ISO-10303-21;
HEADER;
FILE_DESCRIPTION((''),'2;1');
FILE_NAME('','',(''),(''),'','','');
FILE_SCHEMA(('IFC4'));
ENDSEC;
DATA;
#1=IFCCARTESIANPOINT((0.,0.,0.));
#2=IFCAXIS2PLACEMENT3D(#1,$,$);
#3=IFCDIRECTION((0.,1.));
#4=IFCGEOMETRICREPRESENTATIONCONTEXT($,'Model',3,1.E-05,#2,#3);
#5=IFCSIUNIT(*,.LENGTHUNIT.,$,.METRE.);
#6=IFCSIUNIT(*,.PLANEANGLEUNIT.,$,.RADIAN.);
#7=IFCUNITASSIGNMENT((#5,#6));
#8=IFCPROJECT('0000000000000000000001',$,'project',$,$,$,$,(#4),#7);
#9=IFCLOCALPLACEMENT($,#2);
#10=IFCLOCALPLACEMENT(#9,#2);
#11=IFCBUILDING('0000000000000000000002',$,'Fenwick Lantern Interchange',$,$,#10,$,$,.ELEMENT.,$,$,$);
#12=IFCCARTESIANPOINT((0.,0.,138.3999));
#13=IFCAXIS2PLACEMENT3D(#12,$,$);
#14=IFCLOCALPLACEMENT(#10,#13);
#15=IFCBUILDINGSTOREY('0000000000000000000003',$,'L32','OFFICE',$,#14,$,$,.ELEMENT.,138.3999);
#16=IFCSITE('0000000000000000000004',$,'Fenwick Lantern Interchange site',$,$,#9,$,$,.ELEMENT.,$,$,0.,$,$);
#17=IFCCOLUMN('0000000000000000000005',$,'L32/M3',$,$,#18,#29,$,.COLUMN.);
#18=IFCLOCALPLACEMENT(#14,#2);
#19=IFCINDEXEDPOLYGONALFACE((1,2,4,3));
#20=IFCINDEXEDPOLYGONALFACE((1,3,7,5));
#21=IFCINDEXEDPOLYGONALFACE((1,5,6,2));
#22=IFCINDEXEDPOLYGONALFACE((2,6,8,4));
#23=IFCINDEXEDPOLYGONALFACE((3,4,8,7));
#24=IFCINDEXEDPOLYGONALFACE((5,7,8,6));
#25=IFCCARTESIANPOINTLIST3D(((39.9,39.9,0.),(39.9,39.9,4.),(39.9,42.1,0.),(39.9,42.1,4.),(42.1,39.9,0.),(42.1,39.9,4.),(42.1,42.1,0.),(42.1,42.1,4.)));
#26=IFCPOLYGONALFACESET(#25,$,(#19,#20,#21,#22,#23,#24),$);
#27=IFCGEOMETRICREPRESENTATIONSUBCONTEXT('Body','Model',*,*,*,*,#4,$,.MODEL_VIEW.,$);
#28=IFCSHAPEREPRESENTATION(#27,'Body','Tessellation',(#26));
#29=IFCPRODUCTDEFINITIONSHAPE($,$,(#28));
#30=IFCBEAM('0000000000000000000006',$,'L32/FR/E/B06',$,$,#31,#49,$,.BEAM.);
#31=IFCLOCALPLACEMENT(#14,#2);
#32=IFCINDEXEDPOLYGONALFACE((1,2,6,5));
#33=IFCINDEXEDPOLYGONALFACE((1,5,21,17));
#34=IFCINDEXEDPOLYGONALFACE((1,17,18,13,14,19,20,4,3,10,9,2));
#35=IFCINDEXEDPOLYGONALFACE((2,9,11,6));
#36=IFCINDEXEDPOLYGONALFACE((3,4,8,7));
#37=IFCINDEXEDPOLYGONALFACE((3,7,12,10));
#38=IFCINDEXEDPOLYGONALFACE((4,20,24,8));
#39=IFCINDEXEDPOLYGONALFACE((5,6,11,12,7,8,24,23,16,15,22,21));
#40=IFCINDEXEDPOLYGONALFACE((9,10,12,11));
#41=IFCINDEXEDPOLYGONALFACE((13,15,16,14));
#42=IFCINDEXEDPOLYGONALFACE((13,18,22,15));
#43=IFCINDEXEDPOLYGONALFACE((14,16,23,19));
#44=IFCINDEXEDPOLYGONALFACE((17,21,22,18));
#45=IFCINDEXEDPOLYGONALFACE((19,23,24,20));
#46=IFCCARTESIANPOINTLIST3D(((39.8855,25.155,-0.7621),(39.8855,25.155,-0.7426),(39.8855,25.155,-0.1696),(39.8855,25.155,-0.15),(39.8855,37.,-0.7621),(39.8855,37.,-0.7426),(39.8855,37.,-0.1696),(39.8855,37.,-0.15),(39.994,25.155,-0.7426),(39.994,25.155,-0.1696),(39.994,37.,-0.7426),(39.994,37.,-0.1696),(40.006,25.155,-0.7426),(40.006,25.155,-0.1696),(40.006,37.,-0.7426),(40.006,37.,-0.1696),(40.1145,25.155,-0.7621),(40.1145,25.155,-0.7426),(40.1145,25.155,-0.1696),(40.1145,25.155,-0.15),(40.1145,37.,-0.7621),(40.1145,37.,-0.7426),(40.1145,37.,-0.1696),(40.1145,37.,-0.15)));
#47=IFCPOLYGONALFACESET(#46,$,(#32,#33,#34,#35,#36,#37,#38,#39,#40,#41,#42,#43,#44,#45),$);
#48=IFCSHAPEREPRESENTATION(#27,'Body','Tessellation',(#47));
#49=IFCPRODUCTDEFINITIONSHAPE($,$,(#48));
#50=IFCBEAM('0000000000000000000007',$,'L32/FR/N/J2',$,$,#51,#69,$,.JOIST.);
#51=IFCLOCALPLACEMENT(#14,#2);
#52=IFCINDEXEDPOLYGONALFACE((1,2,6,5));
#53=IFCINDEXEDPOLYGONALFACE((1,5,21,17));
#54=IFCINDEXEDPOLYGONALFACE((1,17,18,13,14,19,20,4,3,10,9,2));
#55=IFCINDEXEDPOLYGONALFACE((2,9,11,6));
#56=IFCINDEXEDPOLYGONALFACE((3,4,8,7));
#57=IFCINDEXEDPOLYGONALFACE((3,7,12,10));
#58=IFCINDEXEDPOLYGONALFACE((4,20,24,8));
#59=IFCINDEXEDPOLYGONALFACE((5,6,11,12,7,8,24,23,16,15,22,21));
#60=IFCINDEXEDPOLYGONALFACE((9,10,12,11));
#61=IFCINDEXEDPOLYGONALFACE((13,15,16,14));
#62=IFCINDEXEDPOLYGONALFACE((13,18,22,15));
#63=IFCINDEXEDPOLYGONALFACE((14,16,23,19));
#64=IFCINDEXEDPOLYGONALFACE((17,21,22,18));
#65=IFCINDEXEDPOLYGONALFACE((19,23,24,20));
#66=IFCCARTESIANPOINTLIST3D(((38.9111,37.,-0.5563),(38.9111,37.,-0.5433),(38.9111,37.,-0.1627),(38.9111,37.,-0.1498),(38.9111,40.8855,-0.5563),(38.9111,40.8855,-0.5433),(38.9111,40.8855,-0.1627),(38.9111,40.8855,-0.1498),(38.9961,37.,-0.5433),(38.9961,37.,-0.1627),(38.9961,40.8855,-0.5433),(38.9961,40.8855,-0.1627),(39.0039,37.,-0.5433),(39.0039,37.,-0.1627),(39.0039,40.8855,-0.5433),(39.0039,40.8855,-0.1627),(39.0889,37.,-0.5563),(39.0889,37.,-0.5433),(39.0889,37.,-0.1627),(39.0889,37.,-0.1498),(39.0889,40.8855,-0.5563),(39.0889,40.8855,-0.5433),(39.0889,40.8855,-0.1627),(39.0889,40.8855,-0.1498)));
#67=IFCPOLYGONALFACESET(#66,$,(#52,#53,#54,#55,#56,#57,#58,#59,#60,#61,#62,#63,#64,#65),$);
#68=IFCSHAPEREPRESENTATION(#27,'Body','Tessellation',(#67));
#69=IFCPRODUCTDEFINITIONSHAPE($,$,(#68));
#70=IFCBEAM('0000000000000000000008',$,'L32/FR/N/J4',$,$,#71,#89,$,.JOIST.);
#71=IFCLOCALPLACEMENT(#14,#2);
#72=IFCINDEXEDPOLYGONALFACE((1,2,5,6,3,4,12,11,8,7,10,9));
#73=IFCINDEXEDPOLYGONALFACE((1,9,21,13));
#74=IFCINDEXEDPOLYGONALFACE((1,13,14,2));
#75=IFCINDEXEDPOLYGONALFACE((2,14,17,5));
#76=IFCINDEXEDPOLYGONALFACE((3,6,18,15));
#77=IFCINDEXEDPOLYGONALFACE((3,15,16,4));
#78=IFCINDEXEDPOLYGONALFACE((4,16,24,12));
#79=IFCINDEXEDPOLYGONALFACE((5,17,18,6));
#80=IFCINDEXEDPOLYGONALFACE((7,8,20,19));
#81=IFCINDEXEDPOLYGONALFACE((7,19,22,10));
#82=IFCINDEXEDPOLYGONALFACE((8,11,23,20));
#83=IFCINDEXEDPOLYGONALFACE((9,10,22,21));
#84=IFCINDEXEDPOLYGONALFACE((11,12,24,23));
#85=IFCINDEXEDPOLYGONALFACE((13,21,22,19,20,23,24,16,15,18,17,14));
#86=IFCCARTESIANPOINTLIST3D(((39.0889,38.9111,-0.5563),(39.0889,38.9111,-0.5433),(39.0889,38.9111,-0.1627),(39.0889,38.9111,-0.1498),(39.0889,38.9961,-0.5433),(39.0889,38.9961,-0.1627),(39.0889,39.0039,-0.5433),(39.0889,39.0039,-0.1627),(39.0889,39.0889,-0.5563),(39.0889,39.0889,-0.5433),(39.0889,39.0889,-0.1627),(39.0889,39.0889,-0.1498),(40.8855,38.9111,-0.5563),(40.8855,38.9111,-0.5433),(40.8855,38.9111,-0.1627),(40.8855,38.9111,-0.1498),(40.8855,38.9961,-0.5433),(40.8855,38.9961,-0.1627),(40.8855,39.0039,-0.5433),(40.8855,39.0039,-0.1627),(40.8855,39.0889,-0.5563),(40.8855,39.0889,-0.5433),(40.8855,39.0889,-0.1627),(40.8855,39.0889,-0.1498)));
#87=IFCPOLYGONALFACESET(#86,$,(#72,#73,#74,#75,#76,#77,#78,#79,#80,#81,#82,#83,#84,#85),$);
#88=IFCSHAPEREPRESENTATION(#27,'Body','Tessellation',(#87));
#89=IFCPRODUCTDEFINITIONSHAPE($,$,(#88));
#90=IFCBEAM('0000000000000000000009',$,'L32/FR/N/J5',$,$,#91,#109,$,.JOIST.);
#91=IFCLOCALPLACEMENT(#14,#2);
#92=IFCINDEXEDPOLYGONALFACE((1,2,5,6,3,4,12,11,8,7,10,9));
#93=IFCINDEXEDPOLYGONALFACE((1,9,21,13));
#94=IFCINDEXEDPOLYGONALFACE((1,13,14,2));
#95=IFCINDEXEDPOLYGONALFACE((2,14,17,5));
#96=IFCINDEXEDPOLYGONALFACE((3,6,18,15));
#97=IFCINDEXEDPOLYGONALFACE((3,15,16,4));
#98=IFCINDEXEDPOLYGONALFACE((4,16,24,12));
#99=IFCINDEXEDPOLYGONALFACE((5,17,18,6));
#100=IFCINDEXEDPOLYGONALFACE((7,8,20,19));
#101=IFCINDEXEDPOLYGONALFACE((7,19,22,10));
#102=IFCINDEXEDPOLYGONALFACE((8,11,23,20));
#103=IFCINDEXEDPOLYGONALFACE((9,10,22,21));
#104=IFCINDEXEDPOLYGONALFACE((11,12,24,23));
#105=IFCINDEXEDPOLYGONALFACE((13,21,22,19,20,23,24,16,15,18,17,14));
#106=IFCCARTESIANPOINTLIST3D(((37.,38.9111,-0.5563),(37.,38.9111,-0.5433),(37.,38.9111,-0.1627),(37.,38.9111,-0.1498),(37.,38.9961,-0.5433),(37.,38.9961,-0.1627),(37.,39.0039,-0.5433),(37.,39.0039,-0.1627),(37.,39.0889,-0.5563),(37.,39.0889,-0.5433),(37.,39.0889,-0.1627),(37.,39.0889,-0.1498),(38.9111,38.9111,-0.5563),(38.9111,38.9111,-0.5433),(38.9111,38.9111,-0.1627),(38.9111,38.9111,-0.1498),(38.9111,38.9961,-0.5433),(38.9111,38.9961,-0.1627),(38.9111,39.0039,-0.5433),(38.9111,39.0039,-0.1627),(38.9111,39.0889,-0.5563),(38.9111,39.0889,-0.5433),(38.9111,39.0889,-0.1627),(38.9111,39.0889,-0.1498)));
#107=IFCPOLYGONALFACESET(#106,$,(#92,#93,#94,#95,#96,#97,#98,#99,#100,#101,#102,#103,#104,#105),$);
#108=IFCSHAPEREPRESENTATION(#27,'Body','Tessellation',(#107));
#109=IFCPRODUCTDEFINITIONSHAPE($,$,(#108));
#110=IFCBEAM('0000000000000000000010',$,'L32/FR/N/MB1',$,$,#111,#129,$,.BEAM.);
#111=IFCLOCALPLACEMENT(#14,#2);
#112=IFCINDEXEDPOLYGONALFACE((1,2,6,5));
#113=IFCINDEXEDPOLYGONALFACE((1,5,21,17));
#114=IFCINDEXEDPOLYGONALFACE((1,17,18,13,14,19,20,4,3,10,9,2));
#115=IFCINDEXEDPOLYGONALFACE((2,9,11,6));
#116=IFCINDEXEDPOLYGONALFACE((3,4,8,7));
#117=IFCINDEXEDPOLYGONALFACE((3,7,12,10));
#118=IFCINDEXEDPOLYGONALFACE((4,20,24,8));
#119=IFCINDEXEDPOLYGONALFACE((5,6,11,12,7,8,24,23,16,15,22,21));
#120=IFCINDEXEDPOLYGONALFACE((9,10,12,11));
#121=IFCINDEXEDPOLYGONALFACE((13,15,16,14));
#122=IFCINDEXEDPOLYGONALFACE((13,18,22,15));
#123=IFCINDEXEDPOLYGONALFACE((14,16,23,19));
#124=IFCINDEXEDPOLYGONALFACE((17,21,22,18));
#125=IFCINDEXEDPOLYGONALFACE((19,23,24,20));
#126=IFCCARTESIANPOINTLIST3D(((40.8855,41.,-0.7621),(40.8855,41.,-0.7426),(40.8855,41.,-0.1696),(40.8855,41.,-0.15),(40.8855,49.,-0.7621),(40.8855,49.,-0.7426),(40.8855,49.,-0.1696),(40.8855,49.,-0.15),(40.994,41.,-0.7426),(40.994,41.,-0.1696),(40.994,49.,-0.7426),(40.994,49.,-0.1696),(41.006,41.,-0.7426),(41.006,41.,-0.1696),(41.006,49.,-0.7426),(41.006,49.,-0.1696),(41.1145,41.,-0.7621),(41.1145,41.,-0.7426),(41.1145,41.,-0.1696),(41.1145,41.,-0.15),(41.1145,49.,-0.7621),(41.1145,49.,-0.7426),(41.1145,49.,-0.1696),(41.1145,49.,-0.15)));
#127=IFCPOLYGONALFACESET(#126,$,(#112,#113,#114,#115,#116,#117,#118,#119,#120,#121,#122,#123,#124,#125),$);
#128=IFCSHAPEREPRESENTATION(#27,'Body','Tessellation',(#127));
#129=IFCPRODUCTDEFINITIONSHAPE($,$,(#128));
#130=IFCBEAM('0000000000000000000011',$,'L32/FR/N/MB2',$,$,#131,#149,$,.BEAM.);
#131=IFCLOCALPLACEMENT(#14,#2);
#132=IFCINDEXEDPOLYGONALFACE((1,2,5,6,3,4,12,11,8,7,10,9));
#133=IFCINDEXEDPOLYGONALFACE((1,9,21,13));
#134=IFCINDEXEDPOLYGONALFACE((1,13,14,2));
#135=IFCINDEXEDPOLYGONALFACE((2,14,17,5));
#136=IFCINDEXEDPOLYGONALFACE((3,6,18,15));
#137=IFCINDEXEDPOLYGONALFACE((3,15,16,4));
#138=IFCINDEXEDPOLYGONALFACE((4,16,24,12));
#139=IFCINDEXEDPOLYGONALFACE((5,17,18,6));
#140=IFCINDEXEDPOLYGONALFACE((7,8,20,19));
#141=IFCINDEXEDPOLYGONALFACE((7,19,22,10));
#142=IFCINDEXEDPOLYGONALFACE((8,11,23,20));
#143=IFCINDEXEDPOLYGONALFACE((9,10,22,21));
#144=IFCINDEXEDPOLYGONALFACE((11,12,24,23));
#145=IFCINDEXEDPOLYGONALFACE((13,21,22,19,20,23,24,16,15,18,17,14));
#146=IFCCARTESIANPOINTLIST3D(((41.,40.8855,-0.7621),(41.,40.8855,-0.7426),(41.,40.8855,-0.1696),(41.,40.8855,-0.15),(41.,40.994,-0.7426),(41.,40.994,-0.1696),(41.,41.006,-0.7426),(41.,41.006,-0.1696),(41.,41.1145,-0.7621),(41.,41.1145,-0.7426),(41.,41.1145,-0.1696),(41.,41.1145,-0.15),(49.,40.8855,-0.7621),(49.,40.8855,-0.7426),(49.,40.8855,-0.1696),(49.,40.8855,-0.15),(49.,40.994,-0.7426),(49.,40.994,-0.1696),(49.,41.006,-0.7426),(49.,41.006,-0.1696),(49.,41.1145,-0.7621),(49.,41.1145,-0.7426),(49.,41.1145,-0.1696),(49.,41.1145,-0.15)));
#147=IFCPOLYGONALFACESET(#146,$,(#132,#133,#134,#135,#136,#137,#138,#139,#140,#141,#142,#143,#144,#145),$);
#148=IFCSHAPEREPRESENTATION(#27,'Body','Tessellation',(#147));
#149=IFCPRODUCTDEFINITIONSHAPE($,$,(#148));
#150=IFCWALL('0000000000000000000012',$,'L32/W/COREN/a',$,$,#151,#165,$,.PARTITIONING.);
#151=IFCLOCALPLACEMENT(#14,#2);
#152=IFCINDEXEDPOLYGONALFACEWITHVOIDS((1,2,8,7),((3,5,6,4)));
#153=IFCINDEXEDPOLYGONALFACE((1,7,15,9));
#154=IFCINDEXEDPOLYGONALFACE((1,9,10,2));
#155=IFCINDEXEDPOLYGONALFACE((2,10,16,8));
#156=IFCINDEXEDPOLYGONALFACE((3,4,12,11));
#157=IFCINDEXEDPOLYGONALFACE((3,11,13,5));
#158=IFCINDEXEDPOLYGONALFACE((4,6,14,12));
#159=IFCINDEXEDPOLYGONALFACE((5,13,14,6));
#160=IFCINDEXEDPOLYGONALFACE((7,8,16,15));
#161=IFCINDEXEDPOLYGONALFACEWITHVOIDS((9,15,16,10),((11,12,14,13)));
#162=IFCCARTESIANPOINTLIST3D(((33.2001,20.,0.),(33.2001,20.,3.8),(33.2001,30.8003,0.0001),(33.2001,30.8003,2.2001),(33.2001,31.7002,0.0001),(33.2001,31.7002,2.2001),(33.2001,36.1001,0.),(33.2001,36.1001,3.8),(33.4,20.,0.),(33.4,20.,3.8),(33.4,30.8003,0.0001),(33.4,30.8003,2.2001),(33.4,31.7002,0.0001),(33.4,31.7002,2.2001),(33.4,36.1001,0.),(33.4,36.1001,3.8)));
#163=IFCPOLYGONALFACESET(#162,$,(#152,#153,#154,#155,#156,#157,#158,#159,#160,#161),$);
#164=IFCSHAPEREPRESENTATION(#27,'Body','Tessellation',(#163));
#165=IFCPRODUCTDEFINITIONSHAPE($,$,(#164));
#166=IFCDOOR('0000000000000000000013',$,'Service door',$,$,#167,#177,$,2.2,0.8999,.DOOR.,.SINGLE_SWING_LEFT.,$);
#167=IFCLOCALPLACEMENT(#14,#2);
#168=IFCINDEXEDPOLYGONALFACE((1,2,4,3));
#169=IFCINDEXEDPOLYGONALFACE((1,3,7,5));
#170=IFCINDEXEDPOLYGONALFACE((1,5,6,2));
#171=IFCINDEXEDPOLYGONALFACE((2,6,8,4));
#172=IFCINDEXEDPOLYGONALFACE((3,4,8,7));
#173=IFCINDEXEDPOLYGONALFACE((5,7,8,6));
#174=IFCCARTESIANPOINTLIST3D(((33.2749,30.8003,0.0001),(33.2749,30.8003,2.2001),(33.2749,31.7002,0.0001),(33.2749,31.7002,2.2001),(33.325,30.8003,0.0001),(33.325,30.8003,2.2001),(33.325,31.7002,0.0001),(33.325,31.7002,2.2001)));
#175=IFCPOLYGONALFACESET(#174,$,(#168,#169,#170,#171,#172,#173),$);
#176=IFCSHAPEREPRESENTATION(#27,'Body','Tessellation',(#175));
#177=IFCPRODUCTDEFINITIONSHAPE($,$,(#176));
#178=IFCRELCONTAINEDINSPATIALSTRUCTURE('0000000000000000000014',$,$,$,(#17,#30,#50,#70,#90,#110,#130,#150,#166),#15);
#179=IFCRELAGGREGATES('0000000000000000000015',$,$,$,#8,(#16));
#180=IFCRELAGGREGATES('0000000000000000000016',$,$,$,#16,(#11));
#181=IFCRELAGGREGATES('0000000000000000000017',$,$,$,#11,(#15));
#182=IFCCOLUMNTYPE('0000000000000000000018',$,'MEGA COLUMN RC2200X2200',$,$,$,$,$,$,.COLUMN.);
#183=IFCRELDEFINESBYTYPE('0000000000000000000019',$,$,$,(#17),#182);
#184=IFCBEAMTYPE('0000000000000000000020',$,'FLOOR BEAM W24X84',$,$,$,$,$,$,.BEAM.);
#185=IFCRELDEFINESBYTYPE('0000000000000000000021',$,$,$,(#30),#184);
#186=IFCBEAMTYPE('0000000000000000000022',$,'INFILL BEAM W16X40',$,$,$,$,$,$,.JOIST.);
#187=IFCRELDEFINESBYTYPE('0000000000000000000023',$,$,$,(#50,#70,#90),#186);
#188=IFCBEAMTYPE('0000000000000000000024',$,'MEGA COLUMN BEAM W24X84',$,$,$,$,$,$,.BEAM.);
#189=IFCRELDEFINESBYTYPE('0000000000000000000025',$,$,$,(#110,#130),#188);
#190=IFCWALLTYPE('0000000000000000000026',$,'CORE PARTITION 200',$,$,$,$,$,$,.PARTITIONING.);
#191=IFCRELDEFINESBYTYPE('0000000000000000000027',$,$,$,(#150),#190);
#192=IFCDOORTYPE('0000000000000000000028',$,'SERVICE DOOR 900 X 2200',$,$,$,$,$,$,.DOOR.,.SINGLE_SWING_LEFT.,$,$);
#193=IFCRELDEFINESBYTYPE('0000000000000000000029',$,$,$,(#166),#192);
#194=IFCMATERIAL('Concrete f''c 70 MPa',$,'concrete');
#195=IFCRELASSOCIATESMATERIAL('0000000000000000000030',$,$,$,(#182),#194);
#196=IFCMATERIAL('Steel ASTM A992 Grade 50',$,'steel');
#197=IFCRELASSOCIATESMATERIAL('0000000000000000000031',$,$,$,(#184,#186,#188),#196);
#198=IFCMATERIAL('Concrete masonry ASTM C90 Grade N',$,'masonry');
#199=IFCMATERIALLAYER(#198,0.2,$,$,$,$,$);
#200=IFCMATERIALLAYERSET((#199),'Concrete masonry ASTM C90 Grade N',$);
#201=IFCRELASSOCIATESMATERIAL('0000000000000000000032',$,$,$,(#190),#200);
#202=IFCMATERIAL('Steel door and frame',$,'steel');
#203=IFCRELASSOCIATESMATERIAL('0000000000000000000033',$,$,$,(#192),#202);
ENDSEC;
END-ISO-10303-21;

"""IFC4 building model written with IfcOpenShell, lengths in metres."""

from ifc_helpers import new_model, si_unit, direction, frame, frame_2d, origin, origin_2d, place, context, subcontext, project, spatial, rectangle, i_section, extrude, material, layer, layer_set, material_profile, profile_set, type_object, element, fill, save


model = new_model("IFC4")

# Units and contexts
model_context = context("Model", 3, precision=1e-05, world=origin(), true_north=direction((0.0, 1.0)))
body_context = subcontext(model_context, "Body", "Model", "MODEL_VIEW")
ifc_project = project(units=[si_unit("LENGTHUNIT", "METRE"), si_unit("PLANEANGLEUNIT", "RADIAN")], contexts=[model_context])

# Site, building, storey
site_placement = place(None, origin())
site = spatial("IfcSite", under=ifc_project, at=site_placement, Name="Fenwick Lantern Interchange site", CompositionType="ELEMENT", RefElevation=0.0)
building_placement = place(site_placement, origin())
building = spatial("IfcBuilding", under=site, at=building_placement, Name="Fenwick Lantern Interchange", CompositionType="ELEMENT")
storey_placement = place(building_placement, frame((0.0, 0.0, 138.3999)))
storey = spatial("IfcBuildingStorey", under=building, at=storey_placement, Name="L32", Description="OFFICE", CompositionType="ELEMENT", Elevation=138.3999)

# Column
ifc_material_1 = material(Name="Concrete f'c 70 MPa", Category="concrete")
ifc_material_profile_1 = material_profile(ifc_material_1, rectangle(XDim=2.2, YDim=2.2, at=origin_2d()), Name="RC2200X2200")
ifc_profile_set_1 = profile_set([ifc_material_profile_1], Name="Concrete f'c 70 MPa")
column_type = type_object("IfcColumnType", Name="MEGA COLUMN RC2200X2200", PredefinedType="COLUMN", material=ifc_profile_set_1)
column_placement = place(storey_placement, frame((41.0, 41.0, 0.0), z_axis=(0.0, 0.0, 1.0), x_axis=(1.0, 0.0, 0.0)))
element("IfcColumn", 1, at=column_placement, inside=storey, type_object=column_type, Name="L32/M3", PredefinedType="COLUMN", context=body_context, shape_type="SweptSolid", body=[
    extrude(rectangle(XDim=2.2, YDim=2.2, at=origin_2d()), origin(), (0.0, 0.0, 1.0), 4.0),
])

# Beams
ifc_material_2 = material(Name="Steel ASTM A992 Grade 50", Category="steel")
ifc_material_profile_2 = material_profile(ifc_material_2, i_section(OverallWidth=0.229, OverallDepth=0.6121, WebThickness=0.012, FlangeThickness=0.0195, at=origin_2d()), Name="W24X84")
ifc_profile_set_2 = profile_set([ifc_material_profile_2], Name="Steel ASTM A992 Grade 50")
beam_type_1 = type_object("IfcBeamType", Name="FLOOR BEAM W24X84", PredefinedType="BEAM", material=ifc_profile_set_2)
beam_1_placement = place(storey_placement, frame((40.0, 25.155, -0.4561), z_axis=(0.0, 1.0, 0.0), x_axis=(-1.0, 0.0, 0.0)))
element("IfcBeam", 2, at=beam_1_placement, inside=storey, type_object=beam_type_1, Name="L32/FR/E/B06", PredefinedType="BEAM", context=body_context, shape_type="SweptSolid", body=[
    extrude(i_section(OverallWidth=0.229, OverallDepth=0.6121, WebThickness=0.012, FlangeThickness=0.0195, at=origin_2d()), origin(), (0.0, 0.0, 1.0), 11.845),
])
ifc_material_profile_3 = material_profile(ifc_material_2, i_section(OverallWidth=0.1777, OverallDepth=0.4065, WebThickness=0.0078, FlangeThickness=0.0129, at=origin_2d()), Name="W16X40")
ifc_profile_set_3 = profile_set([ifc_material_profile_3], Name="Steel ASTM A992 Grade 50")
beam_type_2 = type_object("IfcBeamType", Name="INFILL BEAM W16X40", PredefinedType="JOIST", material=ifc_profile_set_3)
beam_2_placement = place(storey_placement, frame((39.0, 40.8855, -0.353), z_axis=(0.0, -1.0, 0.0), x_axis=(1.0, 0.0, 0.0)))
element("IfcBeam", 3, at=beam_2_placement, inside=storey, type_object=beam_type_2, Name="L32/FR/N/J2", PredefinedType="JOIST", context=body_context, shape_type="SweptSolid", body=[
    extrude(i_section(OverallWidth=0.1777, OverallDepth=0.4065, WebThickness=0.0078, FlangeThickness=0.0129, at=origin_2d()), origin(), (0.0, 0.0, 1.0), 3.8855),
])
beam_3_placement = place(storey_placement, frame((40.8855, 39.0, -0.353), z_axis=(-1.0, 0.0, 0.0), x_axis=(0.0, -1.0, 0.0)))
element("IfcBeam", 4, at=beam_3_placement, inside=storey, type_object=beam_type_2, Name="L32/FR/N/J4", PredefinedType="JOIST", context=body_context, shape_type="SweptSolid", body=[
    extrude(i_section(OverallWidth=0.1777, OverallDepth=0.4065, WebThickness=0.0078, FlangeThickness=0.0129, at=origin_2d()), origin(), (0.0, 0.0, 1.0), 1.7966),
])
beam_4_placement = place(storey_placement, frame((38.9111, 39.0, -0.353), z_axis=(-1.0, 0.0, 0.0), x_axis=(0.0, -1.0, 0.0)))
element("IfcBeam", 5, at=beam_4_placement, inside=storey, type_object=beam_type_2, Name="L32/FR/N/J5", PredefinedType="JOIST", context=body_context, shape_type="SweptSolid", body=[
    extrude(i_section(OverallWidth=0.1777, OverallDepth=0.4065, WebThickness=0.0078, FlangeThickness=0.0129, at=origin_2d()), origin(), (0.0, 0.0, 1.0), 1.9111),
])
ifc_material_profile_4 = material_profile(ifc_material_2, i_section(OverallWidth=0.229, OverallDepth=0.6121, WebThickness=0.012, FlangeThickness=0.0195, at=origin_2d()), Name="W24X84")
ifc_profile_set_4 = profile_set([ifc_material_profile_4], Name="Steel ASTM A992 Grade 50")
beam_type_3 = type_object("IfcBeamType", Name="MEGA COLUMN BEAM W24X84", PredefinedType="BEAM", material=ifc_profile_set_4)
for number, where, z_axis, x_axis, name in (
    (6, (41.0, 41.0, -0.4561), (0.0, 1.0, 0.0), (-1.0, 0.0, 0.0), "L32/FR/N/MB1"),
    (7, (41.0, 41.0, -0.4561), (1.0, 0.0, 0.0), (0.0, 1.0, 0.0), "L32/FR/N/MB2"),
):
    element("IfcBeam", number, at=place(storey_placement, frame(where, z_axis=z_axis, x_axis=x_axis)), inside=storey, type_object=beam_type_3, Name=name, PredefinedType="BEAM", context=body_context, shape_type="SweptSolid", body=[
        extrude(i_section(OverallWidth=0.229, OverallDepth=0.6121, WebThickness=0.012, FlangeThickness=0.0195, at=origin_2d()), origin(), (0.0, 0.0, 1.0), 8.0),
    ])

# Wall, opening, door
ifc_material_3 = material(Name="Concrete masonry ASTM C90 Grade N", Category="masonry")
ifc_layer_1 = layer(ifc_material_3, 0.2)
ifc_layer_set_1 = layer_set([ifc_layer_1], Name="Concrete masonry ASTM C90 Grade N")
wall_type_1 = type_object("IfcWallType", Name="CORE PARTITION 200", PredefinedType="PARTITIONING", material=ifc_layer_set_1)
wall_1_placement = place(storey_placement, frame((33.3, 36.1001, 0.0), z_axis=(0.0, 0.0, 1.0), x_axis=(0.0, -1.0, 0.0)))
wall_1 = element("IfcWall", 8, at=wall_1_placement, inside=storey, type_object=wall_type_1, Name="L32/W/COREN/a", PredefinedType="PARTITIONING", context=body_context, shape_type="SweptSolid", body=[
    extrude(rectangle(XDim=16.1001, YDim=0.2, at=frame_2d((8.05, 0.0))), origin(), (0.0, 0.0, 1.0), 3.8),
])
opening_1_placement = place(wall_1_placement, frame((4.3999, 0.0, 0.0)))
opening_1 = element("IfcOpeningElement", 9, at=opening_1_placement, cuts=wall_1, PredefinedType="OPENING", context=body_context, shape_type="SweptSolid", body=[
    extrude(rectangle(XDim=0.8999, YDim=2.2, at=frame_2d((0.45, 1.1001))), frame((0.0, 0.1099, 0.0), z_axis=(0.0, -1.0, 0.0), x_axis=(1.0, 0.0, 0.0)), (0.0, 0.0, 1.0), 0.22),
])
ifc_material_4 = material(Name="Steel door and frame", Category="steel")
door_type_1 = type_object("IfcDoorType", Name="SERVICE DOOR 900 X 2200", OperationType="SINGLE_SWING_LEFT", PredefinedType="DOOR", material=ifc_material_4)
door_1_placement = place(opening_1_placement, origin())
door_1 = element("IfcDoor", 10, at=door_1_placement, inside=storey, type_object=door_type_1, Name="Service door", OperationType="SINGLE_SWING_LEFT", OverallHeight=2.2, OverallWidth=0.8999, PredefinedType="DOOR", context=body_context, shape_type="SweptSolid", body=[
    extrude(rectangle(XDim=0.8999, YDim=2.2, at=frame_2d((0.45, 1.1001))), frame((0.0, 0.0249, 0.0), z_axis=(0.0, -1.0, 0.0), x_axis=(1.0, 0.0, 0.0)), (0.0, 0.0, 1.0), 0.05),
])
fill(opening_1, door_1)

save(model, "model.ifc")
